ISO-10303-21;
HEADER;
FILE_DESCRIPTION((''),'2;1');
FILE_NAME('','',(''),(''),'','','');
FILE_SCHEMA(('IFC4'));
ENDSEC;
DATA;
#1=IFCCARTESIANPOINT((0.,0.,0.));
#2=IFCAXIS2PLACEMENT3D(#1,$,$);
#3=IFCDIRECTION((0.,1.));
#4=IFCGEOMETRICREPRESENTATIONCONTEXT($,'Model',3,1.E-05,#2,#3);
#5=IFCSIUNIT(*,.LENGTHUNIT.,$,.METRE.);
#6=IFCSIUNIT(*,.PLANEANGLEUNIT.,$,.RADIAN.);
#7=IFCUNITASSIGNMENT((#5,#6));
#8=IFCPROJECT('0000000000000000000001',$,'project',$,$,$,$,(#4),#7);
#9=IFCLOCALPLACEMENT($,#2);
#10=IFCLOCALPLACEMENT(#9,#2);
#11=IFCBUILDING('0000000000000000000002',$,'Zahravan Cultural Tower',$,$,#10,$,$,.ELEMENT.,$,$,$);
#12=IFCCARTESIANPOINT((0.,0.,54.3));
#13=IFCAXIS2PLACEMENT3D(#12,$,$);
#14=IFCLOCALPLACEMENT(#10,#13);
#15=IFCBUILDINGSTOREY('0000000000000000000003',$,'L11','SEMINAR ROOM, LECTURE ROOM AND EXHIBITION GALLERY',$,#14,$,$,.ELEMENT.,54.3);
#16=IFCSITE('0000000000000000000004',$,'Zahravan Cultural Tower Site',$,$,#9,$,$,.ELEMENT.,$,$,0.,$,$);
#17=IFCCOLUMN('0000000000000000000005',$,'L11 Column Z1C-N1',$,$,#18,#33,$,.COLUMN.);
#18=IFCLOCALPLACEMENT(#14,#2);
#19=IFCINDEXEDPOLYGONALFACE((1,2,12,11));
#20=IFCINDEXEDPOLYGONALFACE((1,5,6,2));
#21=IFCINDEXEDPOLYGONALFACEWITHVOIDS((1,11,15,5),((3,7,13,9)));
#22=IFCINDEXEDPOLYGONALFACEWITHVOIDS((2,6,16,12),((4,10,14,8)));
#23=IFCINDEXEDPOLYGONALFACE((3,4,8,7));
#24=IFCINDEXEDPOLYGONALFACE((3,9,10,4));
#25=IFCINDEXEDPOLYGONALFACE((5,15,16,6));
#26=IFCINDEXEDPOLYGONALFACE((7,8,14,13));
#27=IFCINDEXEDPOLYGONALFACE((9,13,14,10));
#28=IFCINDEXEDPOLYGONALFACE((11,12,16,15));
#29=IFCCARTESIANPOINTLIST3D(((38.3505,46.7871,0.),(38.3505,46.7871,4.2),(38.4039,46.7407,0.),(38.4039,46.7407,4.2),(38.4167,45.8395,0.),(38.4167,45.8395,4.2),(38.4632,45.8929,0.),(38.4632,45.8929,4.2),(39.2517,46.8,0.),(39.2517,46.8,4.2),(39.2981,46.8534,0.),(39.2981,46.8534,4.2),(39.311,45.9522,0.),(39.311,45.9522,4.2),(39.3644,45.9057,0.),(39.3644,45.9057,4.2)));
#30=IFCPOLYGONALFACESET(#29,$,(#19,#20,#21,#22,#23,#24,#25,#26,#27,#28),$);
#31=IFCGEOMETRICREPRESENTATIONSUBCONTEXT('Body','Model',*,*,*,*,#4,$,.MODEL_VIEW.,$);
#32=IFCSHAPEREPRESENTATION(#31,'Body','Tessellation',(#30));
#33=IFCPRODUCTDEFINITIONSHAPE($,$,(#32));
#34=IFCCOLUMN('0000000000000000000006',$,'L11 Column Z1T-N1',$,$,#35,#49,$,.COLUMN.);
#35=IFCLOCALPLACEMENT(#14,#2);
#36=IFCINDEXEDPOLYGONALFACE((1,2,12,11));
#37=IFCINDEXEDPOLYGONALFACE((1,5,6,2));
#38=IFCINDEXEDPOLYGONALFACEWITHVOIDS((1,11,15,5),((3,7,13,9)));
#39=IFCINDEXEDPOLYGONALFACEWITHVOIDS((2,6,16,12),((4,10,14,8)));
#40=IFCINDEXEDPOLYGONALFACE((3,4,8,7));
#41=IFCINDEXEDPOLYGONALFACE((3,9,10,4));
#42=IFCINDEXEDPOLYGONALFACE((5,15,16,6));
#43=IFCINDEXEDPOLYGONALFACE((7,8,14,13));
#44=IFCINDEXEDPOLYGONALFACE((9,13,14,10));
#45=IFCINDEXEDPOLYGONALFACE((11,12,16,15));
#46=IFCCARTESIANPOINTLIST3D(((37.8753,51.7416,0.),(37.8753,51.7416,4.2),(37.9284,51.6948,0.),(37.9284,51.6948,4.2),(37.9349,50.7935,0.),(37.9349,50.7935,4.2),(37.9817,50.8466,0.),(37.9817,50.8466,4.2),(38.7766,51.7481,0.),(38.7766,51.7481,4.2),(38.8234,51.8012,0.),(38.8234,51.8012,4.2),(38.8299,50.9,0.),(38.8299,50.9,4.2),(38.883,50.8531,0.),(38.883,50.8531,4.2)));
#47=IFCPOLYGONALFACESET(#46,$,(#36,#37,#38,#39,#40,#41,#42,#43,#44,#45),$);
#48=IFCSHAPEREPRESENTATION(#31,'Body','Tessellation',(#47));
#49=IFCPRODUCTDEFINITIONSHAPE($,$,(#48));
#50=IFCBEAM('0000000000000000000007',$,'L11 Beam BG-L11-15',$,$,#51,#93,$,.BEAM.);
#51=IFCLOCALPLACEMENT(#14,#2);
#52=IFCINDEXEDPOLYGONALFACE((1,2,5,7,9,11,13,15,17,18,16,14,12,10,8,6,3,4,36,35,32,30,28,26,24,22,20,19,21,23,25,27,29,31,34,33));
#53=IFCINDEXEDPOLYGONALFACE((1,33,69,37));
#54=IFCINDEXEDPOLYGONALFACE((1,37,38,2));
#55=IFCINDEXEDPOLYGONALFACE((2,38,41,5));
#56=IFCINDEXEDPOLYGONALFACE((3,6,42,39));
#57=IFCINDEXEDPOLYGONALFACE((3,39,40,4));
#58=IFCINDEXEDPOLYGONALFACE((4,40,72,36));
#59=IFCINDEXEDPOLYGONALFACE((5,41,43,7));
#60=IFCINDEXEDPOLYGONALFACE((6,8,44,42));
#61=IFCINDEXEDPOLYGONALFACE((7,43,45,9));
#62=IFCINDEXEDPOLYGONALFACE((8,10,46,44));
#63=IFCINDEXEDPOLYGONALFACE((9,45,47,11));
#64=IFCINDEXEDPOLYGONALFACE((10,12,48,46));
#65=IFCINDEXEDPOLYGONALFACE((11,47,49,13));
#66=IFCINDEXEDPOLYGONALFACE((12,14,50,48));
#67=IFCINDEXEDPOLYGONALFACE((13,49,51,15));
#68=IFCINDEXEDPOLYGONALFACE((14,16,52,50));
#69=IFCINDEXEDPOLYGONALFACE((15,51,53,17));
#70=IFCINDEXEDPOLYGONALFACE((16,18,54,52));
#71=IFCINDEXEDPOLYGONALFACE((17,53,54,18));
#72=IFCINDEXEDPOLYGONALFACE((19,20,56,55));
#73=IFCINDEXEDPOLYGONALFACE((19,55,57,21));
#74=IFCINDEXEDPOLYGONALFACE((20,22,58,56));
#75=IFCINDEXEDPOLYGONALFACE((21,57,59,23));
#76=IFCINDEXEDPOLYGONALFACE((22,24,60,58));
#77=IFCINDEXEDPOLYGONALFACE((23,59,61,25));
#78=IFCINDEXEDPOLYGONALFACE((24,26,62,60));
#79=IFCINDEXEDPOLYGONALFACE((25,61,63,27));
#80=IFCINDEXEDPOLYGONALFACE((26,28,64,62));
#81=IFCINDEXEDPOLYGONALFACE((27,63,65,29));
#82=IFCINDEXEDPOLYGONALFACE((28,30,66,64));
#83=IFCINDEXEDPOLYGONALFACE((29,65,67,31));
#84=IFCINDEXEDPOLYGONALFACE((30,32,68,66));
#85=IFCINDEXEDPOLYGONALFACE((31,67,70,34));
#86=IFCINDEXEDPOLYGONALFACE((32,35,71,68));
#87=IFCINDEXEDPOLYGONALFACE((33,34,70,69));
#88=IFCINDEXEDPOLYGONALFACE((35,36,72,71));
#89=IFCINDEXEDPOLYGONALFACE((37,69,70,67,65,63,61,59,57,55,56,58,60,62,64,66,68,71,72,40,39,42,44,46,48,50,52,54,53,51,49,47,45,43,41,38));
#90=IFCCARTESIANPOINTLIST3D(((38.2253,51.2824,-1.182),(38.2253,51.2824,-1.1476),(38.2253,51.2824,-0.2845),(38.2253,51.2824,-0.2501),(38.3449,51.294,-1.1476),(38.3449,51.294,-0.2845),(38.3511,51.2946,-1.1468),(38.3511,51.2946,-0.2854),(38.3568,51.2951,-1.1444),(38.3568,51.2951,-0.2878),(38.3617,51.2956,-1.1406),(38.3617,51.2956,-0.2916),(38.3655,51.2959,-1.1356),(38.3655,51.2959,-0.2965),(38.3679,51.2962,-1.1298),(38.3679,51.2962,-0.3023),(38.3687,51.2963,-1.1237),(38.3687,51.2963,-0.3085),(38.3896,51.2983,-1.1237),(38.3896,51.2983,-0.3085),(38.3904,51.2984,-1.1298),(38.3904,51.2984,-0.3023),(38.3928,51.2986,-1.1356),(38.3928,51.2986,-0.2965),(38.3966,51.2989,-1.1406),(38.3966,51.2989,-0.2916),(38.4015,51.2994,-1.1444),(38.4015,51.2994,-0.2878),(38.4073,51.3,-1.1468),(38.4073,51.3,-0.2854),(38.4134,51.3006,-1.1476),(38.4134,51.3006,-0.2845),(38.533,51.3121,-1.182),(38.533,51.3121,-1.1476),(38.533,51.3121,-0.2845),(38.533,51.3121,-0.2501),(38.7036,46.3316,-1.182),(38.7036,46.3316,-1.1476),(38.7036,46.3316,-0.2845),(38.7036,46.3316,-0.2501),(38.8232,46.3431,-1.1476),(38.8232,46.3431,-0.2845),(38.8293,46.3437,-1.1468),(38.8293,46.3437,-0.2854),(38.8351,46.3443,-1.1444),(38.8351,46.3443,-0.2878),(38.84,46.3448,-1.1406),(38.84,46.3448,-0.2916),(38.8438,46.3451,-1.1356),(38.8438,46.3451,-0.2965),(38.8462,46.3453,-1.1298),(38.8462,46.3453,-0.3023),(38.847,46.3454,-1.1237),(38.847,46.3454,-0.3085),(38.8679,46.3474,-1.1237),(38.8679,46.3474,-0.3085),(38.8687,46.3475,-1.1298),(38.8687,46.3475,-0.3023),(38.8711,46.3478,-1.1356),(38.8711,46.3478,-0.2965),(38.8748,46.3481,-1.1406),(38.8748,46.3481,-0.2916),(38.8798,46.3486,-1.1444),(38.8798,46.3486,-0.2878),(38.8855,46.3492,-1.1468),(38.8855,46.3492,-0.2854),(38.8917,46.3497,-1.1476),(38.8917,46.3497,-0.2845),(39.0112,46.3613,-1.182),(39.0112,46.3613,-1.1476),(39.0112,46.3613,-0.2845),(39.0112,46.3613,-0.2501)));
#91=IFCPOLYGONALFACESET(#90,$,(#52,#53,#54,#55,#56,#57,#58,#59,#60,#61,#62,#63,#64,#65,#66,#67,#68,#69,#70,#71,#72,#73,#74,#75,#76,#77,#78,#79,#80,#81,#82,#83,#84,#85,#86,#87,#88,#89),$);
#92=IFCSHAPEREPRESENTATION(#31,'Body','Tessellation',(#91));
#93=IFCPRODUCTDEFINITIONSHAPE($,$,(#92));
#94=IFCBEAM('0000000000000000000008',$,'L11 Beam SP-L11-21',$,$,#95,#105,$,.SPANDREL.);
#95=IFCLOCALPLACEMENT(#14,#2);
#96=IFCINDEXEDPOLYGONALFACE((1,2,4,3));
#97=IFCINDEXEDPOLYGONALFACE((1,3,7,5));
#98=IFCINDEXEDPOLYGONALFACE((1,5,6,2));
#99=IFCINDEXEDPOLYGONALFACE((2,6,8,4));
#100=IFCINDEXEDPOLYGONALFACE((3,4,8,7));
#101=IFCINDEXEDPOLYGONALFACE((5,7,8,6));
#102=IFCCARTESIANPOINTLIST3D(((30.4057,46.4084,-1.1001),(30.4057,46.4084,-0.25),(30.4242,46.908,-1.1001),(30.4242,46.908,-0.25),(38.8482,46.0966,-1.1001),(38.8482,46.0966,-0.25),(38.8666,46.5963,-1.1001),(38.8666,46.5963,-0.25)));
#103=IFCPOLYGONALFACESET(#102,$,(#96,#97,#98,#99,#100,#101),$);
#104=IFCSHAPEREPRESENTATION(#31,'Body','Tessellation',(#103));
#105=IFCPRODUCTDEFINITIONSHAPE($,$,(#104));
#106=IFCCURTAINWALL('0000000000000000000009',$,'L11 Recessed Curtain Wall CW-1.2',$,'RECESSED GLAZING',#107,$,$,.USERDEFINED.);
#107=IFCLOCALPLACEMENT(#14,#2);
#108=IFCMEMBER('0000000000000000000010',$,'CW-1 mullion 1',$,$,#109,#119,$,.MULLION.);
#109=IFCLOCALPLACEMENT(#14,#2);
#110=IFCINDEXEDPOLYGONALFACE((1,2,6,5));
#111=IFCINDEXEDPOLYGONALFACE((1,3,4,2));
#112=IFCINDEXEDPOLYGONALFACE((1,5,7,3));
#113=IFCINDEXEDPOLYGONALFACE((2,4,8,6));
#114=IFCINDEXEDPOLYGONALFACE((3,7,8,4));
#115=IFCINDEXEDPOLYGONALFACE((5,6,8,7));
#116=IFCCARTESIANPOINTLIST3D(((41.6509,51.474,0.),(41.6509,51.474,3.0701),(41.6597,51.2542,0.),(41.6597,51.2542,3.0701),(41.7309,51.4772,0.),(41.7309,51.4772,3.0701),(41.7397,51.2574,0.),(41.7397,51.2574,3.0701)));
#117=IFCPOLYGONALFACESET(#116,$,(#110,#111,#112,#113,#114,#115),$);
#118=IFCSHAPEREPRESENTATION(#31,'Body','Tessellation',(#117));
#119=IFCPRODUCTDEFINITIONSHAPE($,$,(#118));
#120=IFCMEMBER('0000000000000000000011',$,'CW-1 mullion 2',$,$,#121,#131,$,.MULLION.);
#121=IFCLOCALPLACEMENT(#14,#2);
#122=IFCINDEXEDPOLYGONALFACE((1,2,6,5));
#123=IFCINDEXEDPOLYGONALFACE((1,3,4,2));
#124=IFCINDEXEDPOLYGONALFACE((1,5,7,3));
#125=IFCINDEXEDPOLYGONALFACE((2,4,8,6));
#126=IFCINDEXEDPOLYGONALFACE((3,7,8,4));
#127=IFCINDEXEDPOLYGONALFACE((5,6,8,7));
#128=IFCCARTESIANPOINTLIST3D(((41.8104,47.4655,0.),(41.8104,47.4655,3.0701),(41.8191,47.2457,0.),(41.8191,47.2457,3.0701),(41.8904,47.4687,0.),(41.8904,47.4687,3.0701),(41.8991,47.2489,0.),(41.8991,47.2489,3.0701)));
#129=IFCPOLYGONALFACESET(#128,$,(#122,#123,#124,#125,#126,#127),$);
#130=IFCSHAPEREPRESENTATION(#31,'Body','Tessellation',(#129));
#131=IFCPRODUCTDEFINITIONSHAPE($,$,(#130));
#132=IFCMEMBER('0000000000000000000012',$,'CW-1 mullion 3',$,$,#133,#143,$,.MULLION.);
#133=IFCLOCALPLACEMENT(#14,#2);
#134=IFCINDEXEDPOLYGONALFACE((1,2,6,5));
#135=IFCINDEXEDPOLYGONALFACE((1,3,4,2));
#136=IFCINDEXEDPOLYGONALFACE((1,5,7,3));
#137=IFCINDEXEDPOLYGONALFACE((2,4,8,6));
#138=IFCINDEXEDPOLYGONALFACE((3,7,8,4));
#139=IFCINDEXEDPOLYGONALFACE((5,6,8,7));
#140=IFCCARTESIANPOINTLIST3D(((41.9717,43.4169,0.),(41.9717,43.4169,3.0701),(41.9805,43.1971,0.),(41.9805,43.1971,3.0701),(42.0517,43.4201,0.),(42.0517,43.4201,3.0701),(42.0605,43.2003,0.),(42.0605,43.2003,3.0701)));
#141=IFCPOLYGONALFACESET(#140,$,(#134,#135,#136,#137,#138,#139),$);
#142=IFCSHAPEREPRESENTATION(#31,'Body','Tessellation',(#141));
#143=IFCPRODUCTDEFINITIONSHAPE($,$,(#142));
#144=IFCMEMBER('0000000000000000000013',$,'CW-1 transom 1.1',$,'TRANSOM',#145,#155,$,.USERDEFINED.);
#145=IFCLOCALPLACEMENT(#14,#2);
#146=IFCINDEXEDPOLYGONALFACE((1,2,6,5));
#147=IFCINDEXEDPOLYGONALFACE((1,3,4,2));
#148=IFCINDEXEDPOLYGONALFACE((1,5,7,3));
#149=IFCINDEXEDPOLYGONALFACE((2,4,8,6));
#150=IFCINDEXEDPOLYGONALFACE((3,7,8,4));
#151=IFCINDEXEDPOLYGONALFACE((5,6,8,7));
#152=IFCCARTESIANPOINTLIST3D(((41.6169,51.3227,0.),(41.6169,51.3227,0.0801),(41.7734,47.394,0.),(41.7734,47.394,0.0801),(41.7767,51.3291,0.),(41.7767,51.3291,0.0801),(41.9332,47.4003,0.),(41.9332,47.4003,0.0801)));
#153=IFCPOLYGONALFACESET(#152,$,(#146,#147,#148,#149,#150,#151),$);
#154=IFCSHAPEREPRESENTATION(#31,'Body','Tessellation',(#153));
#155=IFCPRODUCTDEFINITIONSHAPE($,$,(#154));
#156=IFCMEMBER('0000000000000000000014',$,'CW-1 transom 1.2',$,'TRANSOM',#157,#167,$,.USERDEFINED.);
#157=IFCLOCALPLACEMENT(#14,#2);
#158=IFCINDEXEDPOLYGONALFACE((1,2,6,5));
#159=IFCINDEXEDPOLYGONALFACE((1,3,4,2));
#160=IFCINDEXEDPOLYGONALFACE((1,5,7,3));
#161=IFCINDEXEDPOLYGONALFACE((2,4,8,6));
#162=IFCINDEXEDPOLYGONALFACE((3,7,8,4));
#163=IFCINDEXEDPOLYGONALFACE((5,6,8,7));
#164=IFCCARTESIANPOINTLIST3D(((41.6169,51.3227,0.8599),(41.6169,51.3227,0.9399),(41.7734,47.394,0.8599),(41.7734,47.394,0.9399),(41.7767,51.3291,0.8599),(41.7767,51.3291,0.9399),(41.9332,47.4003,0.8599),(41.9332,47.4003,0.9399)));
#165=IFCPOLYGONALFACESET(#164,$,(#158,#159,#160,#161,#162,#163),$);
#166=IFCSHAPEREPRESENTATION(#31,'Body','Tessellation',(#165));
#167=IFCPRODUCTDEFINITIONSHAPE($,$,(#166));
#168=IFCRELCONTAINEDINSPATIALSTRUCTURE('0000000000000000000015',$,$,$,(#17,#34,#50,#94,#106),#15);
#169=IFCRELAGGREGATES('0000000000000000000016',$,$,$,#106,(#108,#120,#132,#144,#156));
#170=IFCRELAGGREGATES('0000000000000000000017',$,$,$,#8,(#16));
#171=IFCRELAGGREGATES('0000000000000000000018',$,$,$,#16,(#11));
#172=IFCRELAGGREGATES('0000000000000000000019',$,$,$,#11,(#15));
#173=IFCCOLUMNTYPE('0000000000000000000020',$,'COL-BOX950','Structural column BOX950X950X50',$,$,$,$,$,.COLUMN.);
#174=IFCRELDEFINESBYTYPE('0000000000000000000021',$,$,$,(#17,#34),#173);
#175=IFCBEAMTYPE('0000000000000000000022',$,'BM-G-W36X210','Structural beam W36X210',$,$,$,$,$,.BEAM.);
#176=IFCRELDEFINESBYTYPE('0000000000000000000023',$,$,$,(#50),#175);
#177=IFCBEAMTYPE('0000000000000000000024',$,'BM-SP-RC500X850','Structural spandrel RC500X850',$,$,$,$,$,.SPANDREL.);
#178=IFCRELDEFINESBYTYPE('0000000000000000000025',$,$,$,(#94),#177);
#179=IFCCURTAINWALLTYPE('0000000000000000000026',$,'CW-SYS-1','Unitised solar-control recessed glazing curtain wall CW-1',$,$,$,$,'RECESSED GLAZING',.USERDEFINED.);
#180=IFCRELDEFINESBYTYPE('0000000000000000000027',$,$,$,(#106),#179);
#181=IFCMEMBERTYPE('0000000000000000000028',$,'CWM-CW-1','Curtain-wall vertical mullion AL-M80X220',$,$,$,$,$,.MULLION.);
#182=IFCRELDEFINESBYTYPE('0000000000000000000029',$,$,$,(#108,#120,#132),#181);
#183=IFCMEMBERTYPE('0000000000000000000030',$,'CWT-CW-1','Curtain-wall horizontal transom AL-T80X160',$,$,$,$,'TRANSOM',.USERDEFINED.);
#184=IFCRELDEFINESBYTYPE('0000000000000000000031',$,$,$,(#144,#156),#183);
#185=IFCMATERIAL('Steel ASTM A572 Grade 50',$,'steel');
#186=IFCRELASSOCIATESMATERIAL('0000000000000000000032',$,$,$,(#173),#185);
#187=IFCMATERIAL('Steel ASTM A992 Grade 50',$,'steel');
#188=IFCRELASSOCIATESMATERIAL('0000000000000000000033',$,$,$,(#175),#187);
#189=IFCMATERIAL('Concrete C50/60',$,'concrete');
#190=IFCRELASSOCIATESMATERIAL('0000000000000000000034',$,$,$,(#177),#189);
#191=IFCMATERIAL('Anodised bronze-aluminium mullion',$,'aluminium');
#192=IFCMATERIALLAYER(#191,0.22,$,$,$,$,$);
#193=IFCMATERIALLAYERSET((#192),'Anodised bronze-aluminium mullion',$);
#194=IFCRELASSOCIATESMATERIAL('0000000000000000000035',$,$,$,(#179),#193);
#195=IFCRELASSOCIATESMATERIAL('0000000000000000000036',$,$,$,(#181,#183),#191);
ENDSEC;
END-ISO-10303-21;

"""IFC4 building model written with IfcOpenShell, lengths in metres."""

from ifc_helpers import new_model, si_unit, direction, frame, origin, origin_2d, place, context, subcontext, project, spatial, rectangle, hollow_rectangle, i_section, extrude, source, transform, mapped, material, layer, layer_set, material_profile, profile_set, type_object, element, aggregate, save


model = new_model("IFC4")

# Units and contexts
model_context = context("Model", 3, precision=1e-05, world=origin(), true_north=direction((0.0, 1.0)))
body_context = subcontext(model_context, "Body", "Model", "MODEL_VIEW")
ifc_project = project(units=[si_unit("LENGTHUNIT", "METRE"), si_unit("PLANEANGLEUNIT", "RADIAN")], contexts=[model_context])

# Site, building, storey
site_placement = place(None, origin())
site = spatial("IfcSite", under=ifc_project, at=site_placement, Name="Zahravan Cultural Tower Site", CompositionType="ELEMENT", RefElevation=0.0)
building_placement = place(site_placement, origin())
building = spatial("IfcBuilding", under=site, at=building_placement, Name="Zahravan Cultural Tower", CompositionType="ELEMENT")
storey_placement = place(building_placement, frame((0.0, 0.0, 54.3)))
storey = spatial("IfcBuildingStorey", under=building, at=storey_placement, Name="L11", Description="SEMINAR ROOM, LECTURE ROOM AND EXHIBITION GALLERY", CompositionType="ELEMENT", Elevation=54.3)

# Columns
ifc_material_1 = material(Name="Steel ASTM A572 Grade 50", Category="steel")
ifc_material_profile_1 = material_profile(ifc_material_1, hollow_rectangle(XDim=0.95, YDim=0.95, WallThickness=0.05, at=origin_2d()), Name="BOX950X950X50")
ifc_profile_set_1 = profile_set([ifc_material_profile_1], Name="Steel ASTM A572 Grade 50")
column_type = type_object("IfcColumnType", Name="COL-BOX950", Description="Structural column BOX950X950X50", PredefinedType="COLUMN", material=ifc_profile_set_1)
shared_shape_1 = source(origin(), body_context, "Body", "SweptSolid", [
    extrude(hollow_rectangle(XDim=0.95, YDim=0.95, WallThickness=0.05, at=origin_2d()), origin(), (0.0, 0.0, 1.0), 4.2),
])
for number, where, z_axis, x_axis, name in (
    (1, (38.8574, 46.3464, 0.0), (0.0, 0.0, 1.0), (-0.069756, 0.997564, 0.0), "L11 Column Z1C-N1"),
    (2, (38.3792, 51.2974, 0.0), (0.0, 0.0, 1.0), (-0.062791, 0.998027, 0.0), "L11 Column Z1T-N1"),
):
    element("IfcColumn", number, at=place(storey_placement, frame(where, z_axis=z_axis, x_axis=x_axis)), inside=storey, type_object=column_type, Name=name, PredefinedType="COLUMN", context=body_context, shape_type="MappedRepresentation", body=[
        mapped(shared_shape_1, transform((0.0, 0.0, 0.0), x_axis=(1.0, 0.0, 0.0), y_axis=(0.0, 1.0, 0.0), z_axis=(0.0, 0.0, 1.0), scale=1.0)),
    ])

# Beams
ifc_material_2 = material(Name="Steel ASTM A992 Grade 50", Category="steel")
ifc_material_profile_2 = material_profile(ifc_material_2, i_section(OverallWidth=0.3091, OverallDepth=0.9319, WebThickness=0.021, FlangeThickness=0.0344, FilletRadius=0.0239, at=origin_2d()), Name="W36X210")
ifc_profile_set_2 = profile_set([ifc_material_profile_2], Name="Steel ASTM A992 Grade 50")
beam_type_1 = type_object("IfcBeamType", Name="BM-G-W36X210", Description="Structural beam W36X210", PredefinedType="BEAM", material=ifc_profile_set_2)
shared_shape_2 = source(origin(), body_context, "Body", "SweptSolid", [
    extrude(i_section(OverallWidth=0.3091, OverallDepth=0.9319, WebThickness=0.021, FlangeThickness=0.0344, FilletRadius=0.0239, at=origin_2d()), origin(), (0.0, 0.0, 1.0), 4.9739),
])
beam_1_placement = place(storey_placement, frame((38.8574, 46.3464, -0.7161), z_axis=(-0.096155, 0.995366, 0.0), x_axis=(-0.995366, -0.096155, 0.0)))
element("IfcBeam", 3, at=beam_1_placement, inside=storey, type_object=beam_type_1, Name="L11 Beam BG-L11-15", PredefinedType="BEAM", context=body_context, shape_type="MappedRepresentation", body=[
    mapped(shared_shape_2, transform((0.0, 0.0, 0.0), x_axis=(1.0, 0.0, 0.0), y_axis=(0.0, 1.0, 0.0), z_axis=(0.0, 0.0, 1.0), scale=1.0)),
])
ifc_material_3 = material(Name="Concrete C50/60", Category="concrete")
ifc_material_profile_3 = material_profile(ifc_material_3, rectangle(XDim=0.5, YDim=0.8501, at=origin_2d()), Name="RC500X850")
ifc_profile_set_3 = profile_set([ifc_material_profile_3], Name="Concrete C50/60")
beam_type_2 = type_object("IfcBeamType", Name="BM-SP-RC500X850", Description="Structural spandrel RC500X850", PredefinedType="SPANDREL", material=ifc_profile_set_3)
shared_shape_3 = source(origin(), body_context, "Body", "SweptSolid", [
    extrude(rectangle(XDim=0.5, YDim=0.8501, at=origin_2d()), origin(), (0.0, 0.0, 1.0), 8.4482),
])
beam_2_placement = place(storey_placement, frame((38.8574, 46.3464, -0.675), z_axis=(-0.999319, 0.036904, 0.0), x_axis=(-0.036904, -0.999319, 0.0)))
element("IfcBeam", 4, at=beam_2_placement, inside=storey, type_object=beam_type_2, Name="L11 Beam SP-L11-21", PredefinedType="SPANDREL", context=body_context, shape_type="MappedRepresentation", body=[
    mapped(shared_shape_3, transform((0.0, 0.0, 0.0), x_axis=(1.0, 0.0, 0.0), y_axis=(0.0, 1.0, 0.0), z_axis=(0.0, 0.0, 1.0), scale=1.0)),
])

# Curtain wall, members
ifc_material_4 = material(Name="Anodised bronze-aluminium mullion", Category="aluminium")
ifc_layer_1 = layer(ifc_material_4, 0.22)
ifc_layer_set_1 = layer_set([ifc_layer_1], Name="Anodised bronze-aluminium mullion")
curtain_wall_type = type_object("IfcCurtainWallType", Name="CW-SYS-1", Description="Unitised solar-control recessed glazing curtain wall CW-1", ElementType="RECESSED GLAZING", PredefinedType="USERDEFINED", material=ifc_layer_set_1)
curtain_wall_placement = place(storey_placement, origin())
curtain_wall = element("IfcCurtainWall", 5, at=curtain_wall_placement, inside=storey, type_object=curtain_wall_type, Name="L11 Recessed Curtain Wall CW-1.2", ObjectType="RECESSED GLAZING", PredefinedType="USERDEFINED")
ifc_material_profile_4 = material_profile(ifc_material_4, rectangle(XDim=0.0801, YDim=0.22, at=origin_2d()), Name="AL-M80X220")
ifc_profile_set_4 = profile_set([ifc_material_profile_4], Name="Anodised bronze-aluminium mullion")
member_type_1 = type_object("IfcMemberType", Name="CWM-CW-1", Description="Curtain-wall vertical mullion AL-M80X220", PredefinedType="MULLION", material=ifc_profile_set_4)
shared_shape_4 = source(origin(), body_context, "Body", "SweptSolid", [
    extrude(rectangle(XDim=0.0801, YDim=0.22, at=origin_2d()), origin(), (0.0, 0.0, 1.0), 3.0701),
])
member_1_placement = place(storey_placement, frame((41.6953, 51.3657, 0.0), z_axis=(0.0, 0.0, 1.0), x_axis=(0.999208, 0.039785, 0.0)))
member_1 = element("IfcMember", 6, at=member_1_placement, type_object=member_type_1, Name="CW-1 mullion 1", PredefinedType="MULLION", context=body_context, shape_type="MappedRepresentation", body=[
    mapped(shared_shape_4, transform((0.0, 0.0, 0.0), x_axis=(1.0, 0.0, 0.0), y_axis=(0.0, 1.0, 0.0), z_axis=(0.0, 0.0, 1.0), scale=1.0)),
])
member_2_placement = place(storey_placement, frame((41.8547, 47.3572, 0.0), z_axis=(0.0, 0.0, 1.0), x_axis=(0.999208, 0.039785, 0.0)))
member_2 = element("IfcMember", 7, at=member_2_placement, type_object=member_type_1, Name="CW-1 mullion 2", PredefinedType="MULLION", context=body_context, shape_type="MappedRepresentation", body=[
    mapped(shared_shape_4, transform((0.0, 0.0, 0.0), x_axis=(1.0, 0.0, 0.0), y_axis=(0.0, 1.0, 0.0), z_axis=(0.0, 0.0, 1.0), scale=1.0)),
])
member_3_placement = place(storey_placement, frame((42.0161, 43.3086, 0.0), z_axis=(0.0, 0.0, 1.0), x_axis=(0.999208, 0.039785, 0.0)))
member_3 = element("IfcMember", 8, at=member_3_placement, type_object=member_type_1, Name="CW-1 mullion 3", PredefinedType="MULLION", context=body_context, shape_type="MappedRepresentation", body=[
    mapped(shared_shape_4, transform((0.0, 0.0, 0.0), x_axis=(1.0, 0.0, 0.0), y_axis=(0.0, 1.0, 0.0), z_axis=(0.0, 0.0, 1.0), scale=1.0)),
])
ifc_material_profile_5 = material_profile(ifc_material_4, rectangle(XDim=0.1599, YDim=0.0801, at=origin_2d()), Name="AL-T80X160")
ifc_profile_set_5 = profile_set([ifc_material_profile_5], Name="Anodised bronze-aluminium mullion")
member_type_2 = type_object("IfcMemberType", Name="CWT-CW-1", Description="Curtain-wall horizontal transom AL-T80X160", ElementType="TRANSOM", PredefinedType="USERDEFINED", material=ifc_profile_set_5)
shared_shape_5 = source(origin(), body_context, "Body", "SweptSolid", [
    extrude(rectangle(XDim=0.1599, YDim=0.0801, at=origin_2d()), origin(), (0.0, 0.0, 1.0), 3.9319),
])
member_4_placement = place(storey_placement, frame((41.6968, 51.3259, 0.04), z_axis=(0.039802, -0.999208, 0.0), x_axis=(0.999208, 0.039802, 0.0)))
member_4 = element("IfcMember", 9, at=member_4_placement, type_object=member_type_2, Name="CW-1 transom 1.1", ObjectType="TRANSOM", PredefinedType="USERDEFINED", context=body_context, shape_type="MappedRepresentation", body=[
    mapped(shared_shape_5, transform((0.0, 0.0, 0.0), x_axis=(1.0, 0.0, 0.0), y_axis=(0.0, 1.0, 0.0), z_axis=(0.0, 0.0, 1.0), scale=1.0)),
])
member_5_placement = place(storey_placement, frame((41.6968, 51.3259, 0.8999), z_axis=(0.039802, -0.999208, 0.0), x_axis=(0.999208, 0.039802, 0.0)))
member_5 = element("IfcMember", 10, at=member_5_placement, type_object=member_type_2, Name="CW-1 transom 1.2", ObjectType="TRANSOM", PredefinedType="USERDEFINED", context=body_context, shape_type="MappedRepresentation", body=[
    mapped(shared_shape_5, transform((0.0, 0.0, 0.0), x_axis=(1.0, 0.0, 0.0), y_axis=(0.0, 1.0, 0.0), z_axis=(0.0, 0.0, 1.0), scale=1.0)),
])
aggregate(curtain_wall, [member_1, member_2, member_3, member_4, member_5])

save(model, "model.ifc")
